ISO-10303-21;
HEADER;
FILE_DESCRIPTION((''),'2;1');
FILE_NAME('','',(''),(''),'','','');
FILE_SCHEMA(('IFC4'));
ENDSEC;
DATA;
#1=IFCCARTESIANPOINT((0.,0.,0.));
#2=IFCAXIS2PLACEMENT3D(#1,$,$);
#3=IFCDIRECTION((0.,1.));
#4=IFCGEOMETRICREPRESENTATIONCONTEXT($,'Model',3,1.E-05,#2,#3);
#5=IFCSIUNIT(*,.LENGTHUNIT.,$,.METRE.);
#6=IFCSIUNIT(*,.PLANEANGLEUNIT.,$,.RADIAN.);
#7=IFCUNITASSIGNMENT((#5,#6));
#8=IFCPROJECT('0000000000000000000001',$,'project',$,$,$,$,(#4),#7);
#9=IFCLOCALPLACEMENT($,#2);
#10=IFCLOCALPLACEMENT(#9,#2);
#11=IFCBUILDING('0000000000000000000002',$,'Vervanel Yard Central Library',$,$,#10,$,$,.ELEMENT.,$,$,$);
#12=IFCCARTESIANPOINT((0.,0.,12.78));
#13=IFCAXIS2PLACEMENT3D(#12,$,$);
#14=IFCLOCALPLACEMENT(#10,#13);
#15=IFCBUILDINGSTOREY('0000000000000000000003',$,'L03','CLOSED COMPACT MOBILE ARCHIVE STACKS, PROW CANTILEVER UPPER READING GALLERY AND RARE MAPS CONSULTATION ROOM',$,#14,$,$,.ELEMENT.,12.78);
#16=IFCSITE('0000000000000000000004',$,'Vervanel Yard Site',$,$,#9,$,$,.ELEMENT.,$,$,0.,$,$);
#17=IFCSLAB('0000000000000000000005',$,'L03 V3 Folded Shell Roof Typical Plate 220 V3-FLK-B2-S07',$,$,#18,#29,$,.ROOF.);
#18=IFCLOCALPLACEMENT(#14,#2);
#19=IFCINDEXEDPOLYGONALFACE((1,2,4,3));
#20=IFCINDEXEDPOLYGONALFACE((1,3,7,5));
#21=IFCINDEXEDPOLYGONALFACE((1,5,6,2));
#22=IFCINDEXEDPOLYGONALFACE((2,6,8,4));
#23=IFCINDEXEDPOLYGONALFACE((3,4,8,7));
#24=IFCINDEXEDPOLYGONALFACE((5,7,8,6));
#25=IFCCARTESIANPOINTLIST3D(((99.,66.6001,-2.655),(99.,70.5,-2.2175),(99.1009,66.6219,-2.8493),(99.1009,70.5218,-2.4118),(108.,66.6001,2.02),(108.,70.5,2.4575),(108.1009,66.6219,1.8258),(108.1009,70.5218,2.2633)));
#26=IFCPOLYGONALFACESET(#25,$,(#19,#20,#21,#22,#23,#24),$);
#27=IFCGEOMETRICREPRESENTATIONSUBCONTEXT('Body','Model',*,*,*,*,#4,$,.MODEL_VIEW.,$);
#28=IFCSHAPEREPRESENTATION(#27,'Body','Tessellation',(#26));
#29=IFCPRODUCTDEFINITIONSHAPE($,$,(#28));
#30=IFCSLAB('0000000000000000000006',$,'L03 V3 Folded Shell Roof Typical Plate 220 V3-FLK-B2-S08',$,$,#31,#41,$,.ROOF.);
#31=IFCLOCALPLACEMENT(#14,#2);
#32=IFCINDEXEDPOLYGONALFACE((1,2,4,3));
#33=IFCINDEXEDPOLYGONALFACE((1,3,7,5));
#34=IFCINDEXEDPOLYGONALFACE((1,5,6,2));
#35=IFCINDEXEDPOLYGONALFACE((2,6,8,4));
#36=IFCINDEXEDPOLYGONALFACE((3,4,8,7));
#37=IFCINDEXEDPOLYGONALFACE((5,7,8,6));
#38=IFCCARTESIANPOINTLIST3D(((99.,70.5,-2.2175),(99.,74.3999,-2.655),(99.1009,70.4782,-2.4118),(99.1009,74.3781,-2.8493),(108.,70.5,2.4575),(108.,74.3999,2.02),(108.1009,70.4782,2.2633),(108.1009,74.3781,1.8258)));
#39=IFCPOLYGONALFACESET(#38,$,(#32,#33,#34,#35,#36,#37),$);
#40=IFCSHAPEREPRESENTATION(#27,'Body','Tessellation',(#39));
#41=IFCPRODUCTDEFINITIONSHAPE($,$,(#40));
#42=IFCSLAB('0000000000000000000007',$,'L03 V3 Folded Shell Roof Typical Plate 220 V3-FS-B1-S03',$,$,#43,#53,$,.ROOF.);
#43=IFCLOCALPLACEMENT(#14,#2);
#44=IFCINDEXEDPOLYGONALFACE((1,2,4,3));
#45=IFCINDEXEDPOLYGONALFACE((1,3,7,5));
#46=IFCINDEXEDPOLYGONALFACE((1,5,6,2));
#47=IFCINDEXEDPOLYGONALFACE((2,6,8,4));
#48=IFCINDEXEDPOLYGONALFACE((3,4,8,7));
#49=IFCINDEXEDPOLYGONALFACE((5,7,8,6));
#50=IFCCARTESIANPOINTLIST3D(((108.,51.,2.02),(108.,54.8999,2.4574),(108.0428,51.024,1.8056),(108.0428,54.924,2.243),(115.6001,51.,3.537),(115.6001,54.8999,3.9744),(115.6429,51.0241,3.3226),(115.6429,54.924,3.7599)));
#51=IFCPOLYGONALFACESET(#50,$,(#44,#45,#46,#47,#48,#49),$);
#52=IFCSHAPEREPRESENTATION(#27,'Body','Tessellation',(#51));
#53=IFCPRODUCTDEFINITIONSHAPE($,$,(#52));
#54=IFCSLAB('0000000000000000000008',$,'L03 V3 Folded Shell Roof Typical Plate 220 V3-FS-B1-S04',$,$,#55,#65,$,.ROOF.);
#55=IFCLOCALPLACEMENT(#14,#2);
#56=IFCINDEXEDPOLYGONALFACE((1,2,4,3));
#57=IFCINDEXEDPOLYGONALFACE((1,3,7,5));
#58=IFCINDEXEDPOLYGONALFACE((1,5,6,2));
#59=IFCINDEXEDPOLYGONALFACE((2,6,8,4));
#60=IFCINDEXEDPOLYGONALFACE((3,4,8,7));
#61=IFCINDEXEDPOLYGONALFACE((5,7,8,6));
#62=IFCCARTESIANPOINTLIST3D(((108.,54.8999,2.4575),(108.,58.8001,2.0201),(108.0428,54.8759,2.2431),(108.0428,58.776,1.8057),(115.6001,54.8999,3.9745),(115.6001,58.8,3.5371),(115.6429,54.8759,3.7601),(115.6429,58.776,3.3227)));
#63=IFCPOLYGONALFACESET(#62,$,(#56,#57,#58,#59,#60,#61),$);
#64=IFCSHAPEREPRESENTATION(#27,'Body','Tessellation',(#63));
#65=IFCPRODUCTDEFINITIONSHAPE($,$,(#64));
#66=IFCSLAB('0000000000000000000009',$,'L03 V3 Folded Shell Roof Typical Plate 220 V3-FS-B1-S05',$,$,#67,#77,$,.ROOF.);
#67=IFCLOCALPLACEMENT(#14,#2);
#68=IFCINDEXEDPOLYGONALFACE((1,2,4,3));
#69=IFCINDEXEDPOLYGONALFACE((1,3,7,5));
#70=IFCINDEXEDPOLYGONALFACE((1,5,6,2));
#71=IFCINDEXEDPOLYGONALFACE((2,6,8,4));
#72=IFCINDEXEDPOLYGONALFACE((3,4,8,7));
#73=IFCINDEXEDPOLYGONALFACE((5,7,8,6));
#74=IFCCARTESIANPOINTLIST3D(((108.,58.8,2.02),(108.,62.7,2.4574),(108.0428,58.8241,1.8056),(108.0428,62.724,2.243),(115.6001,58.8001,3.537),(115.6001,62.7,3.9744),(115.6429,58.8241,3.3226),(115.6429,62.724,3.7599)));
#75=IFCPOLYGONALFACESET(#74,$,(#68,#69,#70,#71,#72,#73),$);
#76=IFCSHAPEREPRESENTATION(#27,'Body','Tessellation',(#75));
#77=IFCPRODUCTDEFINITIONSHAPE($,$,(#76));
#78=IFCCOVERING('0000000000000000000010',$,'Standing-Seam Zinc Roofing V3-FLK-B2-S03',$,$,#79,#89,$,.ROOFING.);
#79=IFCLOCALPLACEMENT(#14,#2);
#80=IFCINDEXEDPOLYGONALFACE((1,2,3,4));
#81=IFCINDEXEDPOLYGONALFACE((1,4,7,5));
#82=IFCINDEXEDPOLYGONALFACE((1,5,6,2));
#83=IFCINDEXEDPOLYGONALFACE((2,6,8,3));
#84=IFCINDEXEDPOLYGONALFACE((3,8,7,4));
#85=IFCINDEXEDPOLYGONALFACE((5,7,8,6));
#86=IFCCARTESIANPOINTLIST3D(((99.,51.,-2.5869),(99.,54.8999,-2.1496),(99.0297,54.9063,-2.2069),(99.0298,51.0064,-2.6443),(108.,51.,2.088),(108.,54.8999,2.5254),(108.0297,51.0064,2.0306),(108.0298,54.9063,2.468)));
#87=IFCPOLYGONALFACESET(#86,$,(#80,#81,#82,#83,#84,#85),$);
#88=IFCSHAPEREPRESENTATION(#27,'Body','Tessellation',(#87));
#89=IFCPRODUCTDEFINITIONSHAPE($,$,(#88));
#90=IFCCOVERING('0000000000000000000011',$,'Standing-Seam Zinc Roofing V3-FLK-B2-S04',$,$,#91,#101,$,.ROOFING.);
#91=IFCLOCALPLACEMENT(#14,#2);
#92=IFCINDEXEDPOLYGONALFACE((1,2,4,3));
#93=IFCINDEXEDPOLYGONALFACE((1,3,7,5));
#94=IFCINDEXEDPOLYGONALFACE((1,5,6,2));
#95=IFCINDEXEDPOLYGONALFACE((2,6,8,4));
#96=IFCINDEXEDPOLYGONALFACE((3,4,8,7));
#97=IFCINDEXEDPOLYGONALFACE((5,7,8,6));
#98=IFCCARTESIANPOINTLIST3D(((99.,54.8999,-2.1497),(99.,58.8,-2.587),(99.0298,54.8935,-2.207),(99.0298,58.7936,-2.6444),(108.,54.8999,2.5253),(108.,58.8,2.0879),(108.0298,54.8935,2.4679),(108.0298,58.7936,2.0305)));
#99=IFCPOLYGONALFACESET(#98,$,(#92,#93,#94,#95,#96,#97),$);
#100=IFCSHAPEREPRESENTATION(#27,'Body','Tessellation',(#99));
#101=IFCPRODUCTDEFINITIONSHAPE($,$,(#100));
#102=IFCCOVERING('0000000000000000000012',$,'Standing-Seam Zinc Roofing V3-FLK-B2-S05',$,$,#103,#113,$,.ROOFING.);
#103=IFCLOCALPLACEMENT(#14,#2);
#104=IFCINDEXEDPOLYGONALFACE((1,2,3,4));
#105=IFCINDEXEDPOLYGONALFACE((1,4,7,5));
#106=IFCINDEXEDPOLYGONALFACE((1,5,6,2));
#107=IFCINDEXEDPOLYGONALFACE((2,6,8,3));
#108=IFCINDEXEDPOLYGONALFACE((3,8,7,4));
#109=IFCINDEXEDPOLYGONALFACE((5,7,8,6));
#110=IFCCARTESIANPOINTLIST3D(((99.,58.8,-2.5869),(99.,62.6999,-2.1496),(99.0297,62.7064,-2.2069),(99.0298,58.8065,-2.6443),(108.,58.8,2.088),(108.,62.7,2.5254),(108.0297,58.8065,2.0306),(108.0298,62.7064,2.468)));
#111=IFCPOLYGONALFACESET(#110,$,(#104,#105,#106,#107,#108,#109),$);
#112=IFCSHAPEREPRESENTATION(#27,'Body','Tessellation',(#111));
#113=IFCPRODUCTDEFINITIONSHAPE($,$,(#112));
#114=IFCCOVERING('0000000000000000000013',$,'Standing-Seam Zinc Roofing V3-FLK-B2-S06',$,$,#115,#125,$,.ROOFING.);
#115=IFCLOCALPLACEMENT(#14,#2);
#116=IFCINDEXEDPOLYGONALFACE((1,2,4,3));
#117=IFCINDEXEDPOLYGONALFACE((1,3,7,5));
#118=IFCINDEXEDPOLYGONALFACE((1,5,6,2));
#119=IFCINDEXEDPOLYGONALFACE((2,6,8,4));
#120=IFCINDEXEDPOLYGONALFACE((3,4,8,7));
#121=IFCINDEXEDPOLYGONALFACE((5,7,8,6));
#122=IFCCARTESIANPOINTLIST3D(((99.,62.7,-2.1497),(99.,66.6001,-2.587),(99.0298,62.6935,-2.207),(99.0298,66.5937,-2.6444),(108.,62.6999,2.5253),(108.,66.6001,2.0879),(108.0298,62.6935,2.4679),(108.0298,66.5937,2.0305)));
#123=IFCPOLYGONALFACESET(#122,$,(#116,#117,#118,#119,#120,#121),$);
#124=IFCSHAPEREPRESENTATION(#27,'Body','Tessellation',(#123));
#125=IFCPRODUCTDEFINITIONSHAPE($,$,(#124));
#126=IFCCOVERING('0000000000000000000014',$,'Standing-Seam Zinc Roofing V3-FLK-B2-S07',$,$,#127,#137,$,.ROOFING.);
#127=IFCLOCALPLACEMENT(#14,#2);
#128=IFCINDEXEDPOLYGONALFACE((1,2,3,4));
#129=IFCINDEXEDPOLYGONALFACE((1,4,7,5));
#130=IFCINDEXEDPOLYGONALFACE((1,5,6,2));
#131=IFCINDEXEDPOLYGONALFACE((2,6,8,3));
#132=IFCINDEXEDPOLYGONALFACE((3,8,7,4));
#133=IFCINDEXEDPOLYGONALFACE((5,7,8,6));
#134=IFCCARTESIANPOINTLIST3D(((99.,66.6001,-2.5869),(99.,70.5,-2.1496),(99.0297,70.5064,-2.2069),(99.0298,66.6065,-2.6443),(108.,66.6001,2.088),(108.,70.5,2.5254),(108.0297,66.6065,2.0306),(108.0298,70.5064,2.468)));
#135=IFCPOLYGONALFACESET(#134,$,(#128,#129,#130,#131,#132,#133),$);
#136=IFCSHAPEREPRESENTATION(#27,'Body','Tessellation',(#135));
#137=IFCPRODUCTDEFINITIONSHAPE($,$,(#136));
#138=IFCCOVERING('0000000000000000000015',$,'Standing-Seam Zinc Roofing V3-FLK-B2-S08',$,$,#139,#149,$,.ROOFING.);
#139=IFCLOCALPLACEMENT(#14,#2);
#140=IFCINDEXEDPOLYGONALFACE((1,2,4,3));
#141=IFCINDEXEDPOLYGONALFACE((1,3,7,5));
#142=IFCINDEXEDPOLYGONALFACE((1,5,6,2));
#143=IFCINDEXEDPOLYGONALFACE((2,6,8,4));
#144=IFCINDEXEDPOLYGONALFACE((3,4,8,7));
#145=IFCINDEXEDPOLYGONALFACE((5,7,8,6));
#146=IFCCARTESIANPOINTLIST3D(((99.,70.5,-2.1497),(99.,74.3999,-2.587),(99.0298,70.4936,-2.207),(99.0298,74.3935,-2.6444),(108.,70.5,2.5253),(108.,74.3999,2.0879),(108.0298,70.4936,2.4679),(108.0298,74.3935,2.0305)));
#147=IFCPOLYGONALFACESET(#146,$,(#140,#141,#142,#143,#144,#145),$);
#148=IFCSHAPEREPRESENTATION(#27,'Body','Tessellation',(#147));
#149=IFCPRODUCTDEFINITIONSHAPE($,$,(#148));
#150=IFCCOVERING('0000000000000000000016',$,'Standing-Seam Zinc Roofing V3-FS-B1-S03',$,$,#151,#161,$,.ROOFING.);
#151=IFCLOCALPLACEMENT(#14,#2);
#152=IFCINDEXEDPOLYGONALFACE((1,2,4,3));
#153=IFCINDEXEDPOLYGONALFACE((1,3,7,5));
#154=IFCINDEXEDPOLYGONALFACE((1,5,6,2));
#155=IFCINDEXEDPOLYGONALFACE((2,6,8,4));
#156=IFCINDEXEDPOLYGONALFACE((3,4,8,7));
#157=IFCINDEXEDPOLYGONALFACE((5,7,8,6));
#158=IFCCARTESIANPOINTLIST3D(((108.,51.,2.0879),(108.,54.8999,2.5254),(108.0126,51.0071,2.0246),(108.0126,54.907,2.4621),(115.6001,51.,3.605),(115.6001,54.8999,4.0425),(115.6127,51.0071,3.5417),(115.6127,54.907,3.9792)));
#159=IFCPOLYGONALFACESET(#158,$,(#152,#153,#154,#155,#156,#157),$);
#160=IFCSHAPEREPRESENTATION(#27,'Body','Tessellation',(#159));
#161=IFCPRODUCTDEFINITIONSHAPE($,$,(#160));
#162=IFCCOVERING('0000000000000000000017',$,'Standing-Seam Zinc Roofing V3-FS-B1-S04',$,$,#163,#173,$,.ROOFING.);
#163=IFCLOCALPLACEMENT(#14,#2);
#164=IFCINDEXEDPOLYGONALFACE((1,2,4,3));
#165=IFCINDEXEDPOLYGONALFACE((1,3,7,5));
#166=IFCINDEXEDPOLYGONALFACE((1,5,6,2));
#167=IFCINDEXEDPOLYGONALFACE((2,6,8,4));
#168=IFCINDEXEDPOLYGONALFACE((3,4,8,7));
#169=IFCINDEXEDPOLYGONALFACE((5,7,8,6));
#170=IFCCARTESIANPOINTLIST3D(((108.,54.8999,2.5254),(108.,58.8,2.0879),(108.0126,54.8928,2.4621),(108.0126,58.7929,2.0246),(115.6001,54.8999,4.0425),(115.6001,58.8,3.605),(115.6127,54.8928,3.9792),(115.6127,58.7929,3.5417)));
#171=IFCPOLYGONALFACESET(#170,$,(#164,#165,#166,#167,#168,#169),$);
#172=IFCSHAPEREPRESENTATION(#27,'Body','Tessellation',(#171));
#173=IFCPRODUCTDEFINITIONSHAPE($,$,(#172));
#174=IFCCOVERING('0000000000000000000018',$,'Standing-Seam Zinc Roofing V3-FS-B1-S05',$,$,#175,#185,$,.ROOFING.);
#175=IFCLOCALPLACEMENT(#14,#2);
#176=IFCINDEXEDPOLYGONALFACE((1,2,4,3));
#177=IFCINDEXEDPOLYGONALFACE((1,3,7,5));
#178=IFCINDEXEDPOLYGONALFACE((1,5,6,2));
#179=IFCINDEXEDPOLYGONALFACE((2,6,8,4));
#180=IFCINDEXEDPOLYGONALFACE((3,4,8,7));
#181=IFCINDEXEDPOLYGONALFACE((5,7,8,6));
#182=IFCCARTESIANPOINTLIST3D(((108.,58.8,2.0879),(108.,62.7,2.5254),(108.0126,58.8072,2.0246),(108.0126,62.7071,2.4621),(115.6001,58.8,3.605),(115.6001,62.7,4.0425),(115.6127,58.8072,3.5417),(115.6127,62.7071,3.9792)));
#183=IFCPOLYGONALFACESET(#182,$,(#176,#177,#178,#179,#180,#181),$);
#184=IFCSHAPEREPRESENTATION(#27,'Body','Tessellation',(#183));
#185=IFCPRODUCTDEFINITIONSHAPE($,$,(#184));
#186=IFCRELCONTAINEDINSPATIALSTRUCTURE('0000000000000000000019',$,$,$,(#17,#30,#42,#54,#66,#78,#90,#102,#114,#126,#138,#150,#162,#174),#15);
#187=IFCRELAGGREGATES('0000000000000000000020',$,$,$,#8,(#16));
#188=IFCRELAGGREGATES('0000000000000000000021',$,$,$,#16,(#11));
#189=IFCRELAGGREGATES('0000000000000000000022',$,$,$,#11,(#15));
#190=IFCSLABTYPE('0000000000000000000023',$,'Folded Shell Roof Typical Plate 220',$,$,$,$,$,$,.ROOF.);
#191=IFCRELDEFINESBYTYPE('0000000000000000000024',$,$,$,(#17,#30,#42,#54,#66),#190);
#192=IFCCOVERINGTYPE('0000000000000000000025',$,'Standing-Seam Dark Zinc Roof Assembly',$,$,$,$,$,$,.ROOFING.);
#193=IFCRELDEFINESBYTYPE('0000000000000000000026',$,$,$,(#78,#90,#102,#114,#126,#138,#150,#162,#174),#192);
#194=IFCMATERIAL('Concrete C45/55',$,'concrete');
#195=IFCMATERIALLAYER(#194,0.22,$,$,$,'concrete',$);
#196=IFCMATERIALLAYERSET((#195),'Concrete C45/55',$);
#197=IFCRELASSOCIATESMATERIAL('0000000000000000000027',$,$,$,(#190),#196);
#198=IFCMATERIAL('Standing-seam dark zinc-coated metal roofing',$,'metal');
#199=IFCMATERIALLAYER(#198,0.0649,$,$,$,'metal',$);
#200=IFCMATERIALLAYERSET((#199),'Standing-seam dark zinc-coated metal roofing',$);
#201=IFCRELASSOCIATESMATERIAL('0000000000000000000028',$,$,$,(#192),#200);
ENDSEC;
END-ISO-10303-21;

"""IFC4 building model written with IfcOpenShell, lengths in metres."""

from ifc_helpers import new_model, si_unit, direction, frame, origin, place, context, subcontext, project, spatial, polyline, outline, extrude, material, layer, layer_set, type_object, element, save


model = new_model("IFC4")

# Units and contexts
model_context = context("Model", 3, precision=1e-05, world=origin(), true_north=direction((0.0, 1.0)))
body_context = subcontext(model_context, "Body", "Model", "MODEL_VIEW")
ifc_project = project(units=[si_unit("LENGTHUNIT", "METRE"), si_unit("PLANEANGLEUNIT", "RADIAN")], contexts=[model_context])

# Site, building, storey
site_placement = place(None, origin())
site = spatial("IfcSite", under=ifc_project, at=site_placement, Name="Vervanel Yard Site", CompositionType="ELEMENT", RefElevation=0.0)
building_placement = place(site_placement, origin())
building = spatial("IfcBuilding", under=site, at=building_placement, Name="Vervanel Yard Central Library", CompositionType="ELEMENT")
storey_placement = place(building_placement, frame((0.0, 0.0, 12.78)))
storey = spatial("IfcBuildingStorey", under=building, at=storey_placement, Name="L03", Description="CLOSED COMPACT MOBILE ARCHIVE STACKS, PROW CANTILEVER UPPER READING GALLERY AND RARE MAPS CONSULTATION ROOM", CompositionType="ELEMENT", Elevation=12.78)

# Shared definitions
ifc_material_1 = material(Name="Concrete C45/55", Category="concrete")

# Slabs
ifc_layer_1 = layer(ifc_material_1, 0.22, Category="concrete")
ifc_layer_set_1 = layer_set([ifc_layer_1], Name="Concrete C45/55")
slab_type = type_object("IfcSlabType", Name="Folded Shell Roof Typical Plate 220", PredefinedType="ROOF", material=ifc_layer_set_1)
slab_1_placement = place(storey_placement, frame((99.0, 66.6001, -2.655), z_axis=(-0.458701, -0.099063, 0.883052), x_axis=(0.887417, 0.0, 0.460968)))
element("IfcSlab", 1, at=slab_1_placement, inside=storey, type_object=slab_type, Name="L03 V3 Folded Shell Roof Typical Plate 220 V3-FLK-B2-S07", PredefinedType="ROOF", context=body_context, shape_type="SweptSolid", body=[
    extrude(outline(polyline([(0.0, 0.0), (10.1418, 0.0), (10.3435, 3.9192), (0.2017, 3.9192), (0.0, 0.0)])), origin(), (0.0, 0.0, -1.0), 0.22),
])
slab_2_placement = place(storey_placement, frame((99.0, 70.5, -2.2175), z_axis=(-0.458701, 0.099063, 0.883052), x_axis=(0.887417, 0.0, 0.460968)))
element("IfcSlab", 2, at=slab_2_placement, inside=storey, type_object=slab_type, Name="L03 V3 Folded Shell Roof Typical Plate 220 V3-FLK-B2-S08", PredefinedType="ROOF", context=body_context, shape_type="SweptSolid", body=[
    extrude(outline(polyline([(0.0, 0.0), (10.1418, 0.0), (9.9401, 3.9192), (-0.2017, 3.9192), (0.0, 0.0)])), origin(), (0.0, 0.0, -1.0), 0.22),
])
slab_3_placement = place(storey_placement, frame((108.0, 51.0, 2.02), z_axis=(-0.194564, -0.109322, 0.974779), x_axis=(0.980656, 0.000002, 0.195738)))
element("IfcSlab", 3, at=slab_3_placement, inside=storey, type_object=slab_type, Name="L03 V3 Folded Shell Roof Typical Plate 220 V3-FS-B1-S03", PredefinedType="ROOF", context=body_context, shape_type="SweptSolid", body=[
    extrude(outline(polyline([(0.0, 0.0), (7.75, 0.0), (7.8356, 3.9234), (0.0856, 3.9234), (0.0, 0.0)])), origin(), (0.0, 0.0, -1.0), 0.22),
])
slab_4_placement = place(storey_placement, frame((108.0, 54.8999, 2.4575), z_axis=(-0.194564, 0.109316, 0.974779), x_axis=(0.980656, 0.000002, 0.195737)))
element("IfcSlab", 4, at=slab_4_placement, inside=storey, type_object=slab_type, Name="L03 V3 Folded Shell Roof Typical Plate 220 V3-FS-B1-S04", PredefinedType="ROOF", context=body_context, shape_type="SweptSolid", body=[
    extrude(outline(polyline([(0.0, 0.0), (7.75, 0.0), (7.6644, 3.9236), (-0.0856, 3.9237), (0.0, 0.0)])), origin(), (0.0, 0.0, -1.0), 0.22),
])
slab_5_placement = place(storey_placement, frame((108.0, 58.8, 2.02), z_axis=(-0.194564, -0.109322, 0.974779), x_axis=(0.980656, 0.000002, 0.195738)))
element("IfcSlab", 5, at=slab_5_placement, inside=storey, type_object=slab_type, Name="L03 V3 Folded Shell Roof Typical Plate 220 V3-FS-B1-S05", PredefinedType="ROOF", context=body_context, shape_type="SweptSolid", body=[
    extrude(outline(polyline([(0.0, 0.0), (7.75, 0.0), (7.8356, 3.9234), (0.0856, 3.9234), (0.0, 0.0)])), origin(), (0.0, 0.0, -1.0), 0.22),
])

# Coverings
ifc_material_2 = material(Name="Standing-seam dark zinc-coated metal roofing", Category="metal")
ifc_layer_2 = layer(ifc_material_2, 0.0649, Category="metal")
ifc_layer_set_2 = layer_set([ifc_layer_2], Name="Standing-seam dark zinc-coated metal roofing")
covering_type = type_object("IfcCoveringType", Name="Standing-Seam Dark Zinc Roof Assembly", PredefinedType="ROOFING", material=ifc_layer_set_2)
covering_1_placement = place(storey_placement, frame((99.0, 51.0, -2.5869), z_axis=(-0.458693, -0.099036, 0.883059), x_axis=(0.887422, -0.000001, 0.460959)))
element("IfcCovering", 6, at=covering_1_placement, inside=storey, type_object=covering_type, Name="Standing-Seam Zinc Roofing V3-FLK-B2-S03", PredefinedType="ROOFING", context=body_context, shape_type="SweptSolid", body=[
    extrude(outline(polyline([(0.0, 0.0), (10.1417, 0.0), (10.3434, 3.9192), (0.2016, 3.9192), (0.0, 0.0)])), origin(), (0.0, 0.0, -1.0), 0.0649),
])
covering_2_placement = place(storey_placement, frame((99.0, 54.8999, -2.1497), z_axis=(-0.458693, 0.09903, 0.883059), x_axis=(0.887421, -0.000001, 0.460959)))
element("IfcCovering", 7, at=covering_2_placement, inside=storey, type_object=covering_type, Name="Standing-Seam Zinc Roofing V3-FLK-B2-S04", PredefinedType="ROOFING", context=body_context, shape_type="SweptSolid", body=[
    extrude(outline(polyline([(0.0, 0.0), (10.1418, 0.0), (9.9401, 3.9194), (-0.2016, 3.9194), (0.0, 0.0)])), origin(), (0.0, 0.0, -1.0), 0.0649),
])
covering_3_placement = place(storey_placement, frame((99.0, 58.8, -2.5869), z_axis=(-0.458693, -0.099036, 0.883059), x_axis=(0.887422, -0.000001, 0.460959)))
element("IfcCovering", 8, at=covering_3_placement, inside=storey, type_object=covering_type, Name="Standing-Seam Zinc Roofing V3-FLK-B2-S05", PredefinedType="ROOFING", context=body_context, shape_type="SweptSolid", body=[
    extrude(outline(polyline([(0.0, 0.0), (10.1417, 0.0), (10.3434, 3.9192), (0.2016, 3.9192), (0.0, 0.0)])), origin(), (0.0, 0.0, -1.0), 0.0649),
])
covering_4_placement = place(storey_placement, frame((99.0, 62.7, -2.1497), z_axis=(-0.458693, 0.09903, 0.883059), x_axis=(0.887421, -0.000001, 0.460959)))
element("IfcCovering", 9, at=covering_4_placement, inside=storey, type_object=covering_type, Name="Standing-Seam Zinc Roofing V3-FLK-B2-S06", PredefinedType="ROOFING", context=body_context, shape_type="SweptSolid", body=[
    extrude(outline(polyline([(0.0, 0.0), (10.1418, 0.0), (9.9401, 3.9194), (-0.2016, 3.9194), (0.0, 0.0)])), origin(), (0.0, 0.0, -1.0), 0.0649),
])
covering_5_placement = place(storey_placement, frame((99.0, 66.6001, -2.5869), z_axis=(-0.458693, -0.099036, 0.883059), x_axis=(0.887422, -0.000001, 0.460959)))
element("IfcCovering", 10, at=covering_5_placement, inside=storey, type_object=covering_type, Name="Standing-Seam Zinc Roofing V3-FLK-B2-S07", PredefinedType="ROOFING", context=body_context, shape_type="SweptSolid", body=[
    extrude(outline(polyline([(0.0, 0.0), (10.1417, 0.0), (10.3434, 3.9192), (0.2016, 3.9192), (0.0, 0.0)])), origin(), (0.0, 0.0, -1.0), 0.0649),
])
covering_6_placement = place(storey_placement, frame((99.0, 70.5, -2.1497), z_axis=(-0.458693, 0.099036, 0.883059), x_axis=(0.887421, -0.000001, 0.460959)))
element("IfcCovering", 11, at=covering_6_placement, inside=storey, type_object=covering_type, Name="Standing-Seam Zinc Roofing V3-FLK-B2-S08", PredefinedType="ROOFING", context=body_context, shape_type="SweptSolid", body=[
    extrude(outline(polyline([(0.0, 0.0), (10.1418, 0.0), (9.9401, 3.9192), (-0.2016, 3.9192), (0.0, 0.0)])), origin(), (0.0, 0.0, -1.0), 0.0649),
])
covering_7_placement = place(storey_placement, frame((108.0, 51.0, 2.0879), z_axis=(-0.194579, -0.109352, 0.974772), x_axis=(0.980653, 0.0, 0.195753)))
element("IfcCovering", 12, at=covering_7_placement, inside=storey, type_object=covering_type, Name="Standing-Seam Zinc Roofing V3-FS-B1-S03", PredefinedType="ROOFING", context=body_context, shape_type="SweptSolid", body=[
    extrude(outline(polyline([(0.0, 0.0), (7.75, 0.0), (7.8357, 3.9234), (0.0856, 3.9234), (0.0, 0.0)])), origin(), (0.0, 0.0, -1.0), 0.0649),
])
covering_8_placement = place(storey_placement, frame((108.0, 54.8999, 2.5254), z_axis=(-0.194579, 0.109345, 0.974773), x_axis=(0.980653, 0.0, 0.195753)))
element("IfcCovering", 13, at=covering_8_placement, inside=storey, type_object=covering_type, Name="Standing-Seam Zinc Roofing V3-FS-B1-S04", PredefinedType="ROOFING", context=body_context, shape_type="SweptSolid", body=[
    extrude(outline(polyline([(0.0, 0.0), (7.75, 0.0), (7.6644, 3.9237), (-0.0856, 3.9237), (0.0, 0.0)])), origin(), (0.0, 0.0, -1.0), 0.0649),
])
covering_9_placement = place(storey_placement, frame((108.0, 58.8, 2.0879), z_axis=(-0.194579, -0.109352, 0.974772), x_axis=(0.980653, 0.0, 0.195753)))
element("IfcCovering", 14, at=covering_9_placement, inside=storey, type_object=covering_type, Name="Standing-Seam Zinc Roofing V3-FS-B1-S05", PredefinedType="ROOFING", context=body_context, shape_type="SweptSolid", body=[
    extrude(outline(polyline([(0.0, 0.0), (7.75, 0.0), (7.8357, 3.9234), (0.0856, 3.9234), (0.0, 0.0)])), origin(), (0.0, 0.0, -1.0), 0.0649),
])

save(model, "model.ifc")
